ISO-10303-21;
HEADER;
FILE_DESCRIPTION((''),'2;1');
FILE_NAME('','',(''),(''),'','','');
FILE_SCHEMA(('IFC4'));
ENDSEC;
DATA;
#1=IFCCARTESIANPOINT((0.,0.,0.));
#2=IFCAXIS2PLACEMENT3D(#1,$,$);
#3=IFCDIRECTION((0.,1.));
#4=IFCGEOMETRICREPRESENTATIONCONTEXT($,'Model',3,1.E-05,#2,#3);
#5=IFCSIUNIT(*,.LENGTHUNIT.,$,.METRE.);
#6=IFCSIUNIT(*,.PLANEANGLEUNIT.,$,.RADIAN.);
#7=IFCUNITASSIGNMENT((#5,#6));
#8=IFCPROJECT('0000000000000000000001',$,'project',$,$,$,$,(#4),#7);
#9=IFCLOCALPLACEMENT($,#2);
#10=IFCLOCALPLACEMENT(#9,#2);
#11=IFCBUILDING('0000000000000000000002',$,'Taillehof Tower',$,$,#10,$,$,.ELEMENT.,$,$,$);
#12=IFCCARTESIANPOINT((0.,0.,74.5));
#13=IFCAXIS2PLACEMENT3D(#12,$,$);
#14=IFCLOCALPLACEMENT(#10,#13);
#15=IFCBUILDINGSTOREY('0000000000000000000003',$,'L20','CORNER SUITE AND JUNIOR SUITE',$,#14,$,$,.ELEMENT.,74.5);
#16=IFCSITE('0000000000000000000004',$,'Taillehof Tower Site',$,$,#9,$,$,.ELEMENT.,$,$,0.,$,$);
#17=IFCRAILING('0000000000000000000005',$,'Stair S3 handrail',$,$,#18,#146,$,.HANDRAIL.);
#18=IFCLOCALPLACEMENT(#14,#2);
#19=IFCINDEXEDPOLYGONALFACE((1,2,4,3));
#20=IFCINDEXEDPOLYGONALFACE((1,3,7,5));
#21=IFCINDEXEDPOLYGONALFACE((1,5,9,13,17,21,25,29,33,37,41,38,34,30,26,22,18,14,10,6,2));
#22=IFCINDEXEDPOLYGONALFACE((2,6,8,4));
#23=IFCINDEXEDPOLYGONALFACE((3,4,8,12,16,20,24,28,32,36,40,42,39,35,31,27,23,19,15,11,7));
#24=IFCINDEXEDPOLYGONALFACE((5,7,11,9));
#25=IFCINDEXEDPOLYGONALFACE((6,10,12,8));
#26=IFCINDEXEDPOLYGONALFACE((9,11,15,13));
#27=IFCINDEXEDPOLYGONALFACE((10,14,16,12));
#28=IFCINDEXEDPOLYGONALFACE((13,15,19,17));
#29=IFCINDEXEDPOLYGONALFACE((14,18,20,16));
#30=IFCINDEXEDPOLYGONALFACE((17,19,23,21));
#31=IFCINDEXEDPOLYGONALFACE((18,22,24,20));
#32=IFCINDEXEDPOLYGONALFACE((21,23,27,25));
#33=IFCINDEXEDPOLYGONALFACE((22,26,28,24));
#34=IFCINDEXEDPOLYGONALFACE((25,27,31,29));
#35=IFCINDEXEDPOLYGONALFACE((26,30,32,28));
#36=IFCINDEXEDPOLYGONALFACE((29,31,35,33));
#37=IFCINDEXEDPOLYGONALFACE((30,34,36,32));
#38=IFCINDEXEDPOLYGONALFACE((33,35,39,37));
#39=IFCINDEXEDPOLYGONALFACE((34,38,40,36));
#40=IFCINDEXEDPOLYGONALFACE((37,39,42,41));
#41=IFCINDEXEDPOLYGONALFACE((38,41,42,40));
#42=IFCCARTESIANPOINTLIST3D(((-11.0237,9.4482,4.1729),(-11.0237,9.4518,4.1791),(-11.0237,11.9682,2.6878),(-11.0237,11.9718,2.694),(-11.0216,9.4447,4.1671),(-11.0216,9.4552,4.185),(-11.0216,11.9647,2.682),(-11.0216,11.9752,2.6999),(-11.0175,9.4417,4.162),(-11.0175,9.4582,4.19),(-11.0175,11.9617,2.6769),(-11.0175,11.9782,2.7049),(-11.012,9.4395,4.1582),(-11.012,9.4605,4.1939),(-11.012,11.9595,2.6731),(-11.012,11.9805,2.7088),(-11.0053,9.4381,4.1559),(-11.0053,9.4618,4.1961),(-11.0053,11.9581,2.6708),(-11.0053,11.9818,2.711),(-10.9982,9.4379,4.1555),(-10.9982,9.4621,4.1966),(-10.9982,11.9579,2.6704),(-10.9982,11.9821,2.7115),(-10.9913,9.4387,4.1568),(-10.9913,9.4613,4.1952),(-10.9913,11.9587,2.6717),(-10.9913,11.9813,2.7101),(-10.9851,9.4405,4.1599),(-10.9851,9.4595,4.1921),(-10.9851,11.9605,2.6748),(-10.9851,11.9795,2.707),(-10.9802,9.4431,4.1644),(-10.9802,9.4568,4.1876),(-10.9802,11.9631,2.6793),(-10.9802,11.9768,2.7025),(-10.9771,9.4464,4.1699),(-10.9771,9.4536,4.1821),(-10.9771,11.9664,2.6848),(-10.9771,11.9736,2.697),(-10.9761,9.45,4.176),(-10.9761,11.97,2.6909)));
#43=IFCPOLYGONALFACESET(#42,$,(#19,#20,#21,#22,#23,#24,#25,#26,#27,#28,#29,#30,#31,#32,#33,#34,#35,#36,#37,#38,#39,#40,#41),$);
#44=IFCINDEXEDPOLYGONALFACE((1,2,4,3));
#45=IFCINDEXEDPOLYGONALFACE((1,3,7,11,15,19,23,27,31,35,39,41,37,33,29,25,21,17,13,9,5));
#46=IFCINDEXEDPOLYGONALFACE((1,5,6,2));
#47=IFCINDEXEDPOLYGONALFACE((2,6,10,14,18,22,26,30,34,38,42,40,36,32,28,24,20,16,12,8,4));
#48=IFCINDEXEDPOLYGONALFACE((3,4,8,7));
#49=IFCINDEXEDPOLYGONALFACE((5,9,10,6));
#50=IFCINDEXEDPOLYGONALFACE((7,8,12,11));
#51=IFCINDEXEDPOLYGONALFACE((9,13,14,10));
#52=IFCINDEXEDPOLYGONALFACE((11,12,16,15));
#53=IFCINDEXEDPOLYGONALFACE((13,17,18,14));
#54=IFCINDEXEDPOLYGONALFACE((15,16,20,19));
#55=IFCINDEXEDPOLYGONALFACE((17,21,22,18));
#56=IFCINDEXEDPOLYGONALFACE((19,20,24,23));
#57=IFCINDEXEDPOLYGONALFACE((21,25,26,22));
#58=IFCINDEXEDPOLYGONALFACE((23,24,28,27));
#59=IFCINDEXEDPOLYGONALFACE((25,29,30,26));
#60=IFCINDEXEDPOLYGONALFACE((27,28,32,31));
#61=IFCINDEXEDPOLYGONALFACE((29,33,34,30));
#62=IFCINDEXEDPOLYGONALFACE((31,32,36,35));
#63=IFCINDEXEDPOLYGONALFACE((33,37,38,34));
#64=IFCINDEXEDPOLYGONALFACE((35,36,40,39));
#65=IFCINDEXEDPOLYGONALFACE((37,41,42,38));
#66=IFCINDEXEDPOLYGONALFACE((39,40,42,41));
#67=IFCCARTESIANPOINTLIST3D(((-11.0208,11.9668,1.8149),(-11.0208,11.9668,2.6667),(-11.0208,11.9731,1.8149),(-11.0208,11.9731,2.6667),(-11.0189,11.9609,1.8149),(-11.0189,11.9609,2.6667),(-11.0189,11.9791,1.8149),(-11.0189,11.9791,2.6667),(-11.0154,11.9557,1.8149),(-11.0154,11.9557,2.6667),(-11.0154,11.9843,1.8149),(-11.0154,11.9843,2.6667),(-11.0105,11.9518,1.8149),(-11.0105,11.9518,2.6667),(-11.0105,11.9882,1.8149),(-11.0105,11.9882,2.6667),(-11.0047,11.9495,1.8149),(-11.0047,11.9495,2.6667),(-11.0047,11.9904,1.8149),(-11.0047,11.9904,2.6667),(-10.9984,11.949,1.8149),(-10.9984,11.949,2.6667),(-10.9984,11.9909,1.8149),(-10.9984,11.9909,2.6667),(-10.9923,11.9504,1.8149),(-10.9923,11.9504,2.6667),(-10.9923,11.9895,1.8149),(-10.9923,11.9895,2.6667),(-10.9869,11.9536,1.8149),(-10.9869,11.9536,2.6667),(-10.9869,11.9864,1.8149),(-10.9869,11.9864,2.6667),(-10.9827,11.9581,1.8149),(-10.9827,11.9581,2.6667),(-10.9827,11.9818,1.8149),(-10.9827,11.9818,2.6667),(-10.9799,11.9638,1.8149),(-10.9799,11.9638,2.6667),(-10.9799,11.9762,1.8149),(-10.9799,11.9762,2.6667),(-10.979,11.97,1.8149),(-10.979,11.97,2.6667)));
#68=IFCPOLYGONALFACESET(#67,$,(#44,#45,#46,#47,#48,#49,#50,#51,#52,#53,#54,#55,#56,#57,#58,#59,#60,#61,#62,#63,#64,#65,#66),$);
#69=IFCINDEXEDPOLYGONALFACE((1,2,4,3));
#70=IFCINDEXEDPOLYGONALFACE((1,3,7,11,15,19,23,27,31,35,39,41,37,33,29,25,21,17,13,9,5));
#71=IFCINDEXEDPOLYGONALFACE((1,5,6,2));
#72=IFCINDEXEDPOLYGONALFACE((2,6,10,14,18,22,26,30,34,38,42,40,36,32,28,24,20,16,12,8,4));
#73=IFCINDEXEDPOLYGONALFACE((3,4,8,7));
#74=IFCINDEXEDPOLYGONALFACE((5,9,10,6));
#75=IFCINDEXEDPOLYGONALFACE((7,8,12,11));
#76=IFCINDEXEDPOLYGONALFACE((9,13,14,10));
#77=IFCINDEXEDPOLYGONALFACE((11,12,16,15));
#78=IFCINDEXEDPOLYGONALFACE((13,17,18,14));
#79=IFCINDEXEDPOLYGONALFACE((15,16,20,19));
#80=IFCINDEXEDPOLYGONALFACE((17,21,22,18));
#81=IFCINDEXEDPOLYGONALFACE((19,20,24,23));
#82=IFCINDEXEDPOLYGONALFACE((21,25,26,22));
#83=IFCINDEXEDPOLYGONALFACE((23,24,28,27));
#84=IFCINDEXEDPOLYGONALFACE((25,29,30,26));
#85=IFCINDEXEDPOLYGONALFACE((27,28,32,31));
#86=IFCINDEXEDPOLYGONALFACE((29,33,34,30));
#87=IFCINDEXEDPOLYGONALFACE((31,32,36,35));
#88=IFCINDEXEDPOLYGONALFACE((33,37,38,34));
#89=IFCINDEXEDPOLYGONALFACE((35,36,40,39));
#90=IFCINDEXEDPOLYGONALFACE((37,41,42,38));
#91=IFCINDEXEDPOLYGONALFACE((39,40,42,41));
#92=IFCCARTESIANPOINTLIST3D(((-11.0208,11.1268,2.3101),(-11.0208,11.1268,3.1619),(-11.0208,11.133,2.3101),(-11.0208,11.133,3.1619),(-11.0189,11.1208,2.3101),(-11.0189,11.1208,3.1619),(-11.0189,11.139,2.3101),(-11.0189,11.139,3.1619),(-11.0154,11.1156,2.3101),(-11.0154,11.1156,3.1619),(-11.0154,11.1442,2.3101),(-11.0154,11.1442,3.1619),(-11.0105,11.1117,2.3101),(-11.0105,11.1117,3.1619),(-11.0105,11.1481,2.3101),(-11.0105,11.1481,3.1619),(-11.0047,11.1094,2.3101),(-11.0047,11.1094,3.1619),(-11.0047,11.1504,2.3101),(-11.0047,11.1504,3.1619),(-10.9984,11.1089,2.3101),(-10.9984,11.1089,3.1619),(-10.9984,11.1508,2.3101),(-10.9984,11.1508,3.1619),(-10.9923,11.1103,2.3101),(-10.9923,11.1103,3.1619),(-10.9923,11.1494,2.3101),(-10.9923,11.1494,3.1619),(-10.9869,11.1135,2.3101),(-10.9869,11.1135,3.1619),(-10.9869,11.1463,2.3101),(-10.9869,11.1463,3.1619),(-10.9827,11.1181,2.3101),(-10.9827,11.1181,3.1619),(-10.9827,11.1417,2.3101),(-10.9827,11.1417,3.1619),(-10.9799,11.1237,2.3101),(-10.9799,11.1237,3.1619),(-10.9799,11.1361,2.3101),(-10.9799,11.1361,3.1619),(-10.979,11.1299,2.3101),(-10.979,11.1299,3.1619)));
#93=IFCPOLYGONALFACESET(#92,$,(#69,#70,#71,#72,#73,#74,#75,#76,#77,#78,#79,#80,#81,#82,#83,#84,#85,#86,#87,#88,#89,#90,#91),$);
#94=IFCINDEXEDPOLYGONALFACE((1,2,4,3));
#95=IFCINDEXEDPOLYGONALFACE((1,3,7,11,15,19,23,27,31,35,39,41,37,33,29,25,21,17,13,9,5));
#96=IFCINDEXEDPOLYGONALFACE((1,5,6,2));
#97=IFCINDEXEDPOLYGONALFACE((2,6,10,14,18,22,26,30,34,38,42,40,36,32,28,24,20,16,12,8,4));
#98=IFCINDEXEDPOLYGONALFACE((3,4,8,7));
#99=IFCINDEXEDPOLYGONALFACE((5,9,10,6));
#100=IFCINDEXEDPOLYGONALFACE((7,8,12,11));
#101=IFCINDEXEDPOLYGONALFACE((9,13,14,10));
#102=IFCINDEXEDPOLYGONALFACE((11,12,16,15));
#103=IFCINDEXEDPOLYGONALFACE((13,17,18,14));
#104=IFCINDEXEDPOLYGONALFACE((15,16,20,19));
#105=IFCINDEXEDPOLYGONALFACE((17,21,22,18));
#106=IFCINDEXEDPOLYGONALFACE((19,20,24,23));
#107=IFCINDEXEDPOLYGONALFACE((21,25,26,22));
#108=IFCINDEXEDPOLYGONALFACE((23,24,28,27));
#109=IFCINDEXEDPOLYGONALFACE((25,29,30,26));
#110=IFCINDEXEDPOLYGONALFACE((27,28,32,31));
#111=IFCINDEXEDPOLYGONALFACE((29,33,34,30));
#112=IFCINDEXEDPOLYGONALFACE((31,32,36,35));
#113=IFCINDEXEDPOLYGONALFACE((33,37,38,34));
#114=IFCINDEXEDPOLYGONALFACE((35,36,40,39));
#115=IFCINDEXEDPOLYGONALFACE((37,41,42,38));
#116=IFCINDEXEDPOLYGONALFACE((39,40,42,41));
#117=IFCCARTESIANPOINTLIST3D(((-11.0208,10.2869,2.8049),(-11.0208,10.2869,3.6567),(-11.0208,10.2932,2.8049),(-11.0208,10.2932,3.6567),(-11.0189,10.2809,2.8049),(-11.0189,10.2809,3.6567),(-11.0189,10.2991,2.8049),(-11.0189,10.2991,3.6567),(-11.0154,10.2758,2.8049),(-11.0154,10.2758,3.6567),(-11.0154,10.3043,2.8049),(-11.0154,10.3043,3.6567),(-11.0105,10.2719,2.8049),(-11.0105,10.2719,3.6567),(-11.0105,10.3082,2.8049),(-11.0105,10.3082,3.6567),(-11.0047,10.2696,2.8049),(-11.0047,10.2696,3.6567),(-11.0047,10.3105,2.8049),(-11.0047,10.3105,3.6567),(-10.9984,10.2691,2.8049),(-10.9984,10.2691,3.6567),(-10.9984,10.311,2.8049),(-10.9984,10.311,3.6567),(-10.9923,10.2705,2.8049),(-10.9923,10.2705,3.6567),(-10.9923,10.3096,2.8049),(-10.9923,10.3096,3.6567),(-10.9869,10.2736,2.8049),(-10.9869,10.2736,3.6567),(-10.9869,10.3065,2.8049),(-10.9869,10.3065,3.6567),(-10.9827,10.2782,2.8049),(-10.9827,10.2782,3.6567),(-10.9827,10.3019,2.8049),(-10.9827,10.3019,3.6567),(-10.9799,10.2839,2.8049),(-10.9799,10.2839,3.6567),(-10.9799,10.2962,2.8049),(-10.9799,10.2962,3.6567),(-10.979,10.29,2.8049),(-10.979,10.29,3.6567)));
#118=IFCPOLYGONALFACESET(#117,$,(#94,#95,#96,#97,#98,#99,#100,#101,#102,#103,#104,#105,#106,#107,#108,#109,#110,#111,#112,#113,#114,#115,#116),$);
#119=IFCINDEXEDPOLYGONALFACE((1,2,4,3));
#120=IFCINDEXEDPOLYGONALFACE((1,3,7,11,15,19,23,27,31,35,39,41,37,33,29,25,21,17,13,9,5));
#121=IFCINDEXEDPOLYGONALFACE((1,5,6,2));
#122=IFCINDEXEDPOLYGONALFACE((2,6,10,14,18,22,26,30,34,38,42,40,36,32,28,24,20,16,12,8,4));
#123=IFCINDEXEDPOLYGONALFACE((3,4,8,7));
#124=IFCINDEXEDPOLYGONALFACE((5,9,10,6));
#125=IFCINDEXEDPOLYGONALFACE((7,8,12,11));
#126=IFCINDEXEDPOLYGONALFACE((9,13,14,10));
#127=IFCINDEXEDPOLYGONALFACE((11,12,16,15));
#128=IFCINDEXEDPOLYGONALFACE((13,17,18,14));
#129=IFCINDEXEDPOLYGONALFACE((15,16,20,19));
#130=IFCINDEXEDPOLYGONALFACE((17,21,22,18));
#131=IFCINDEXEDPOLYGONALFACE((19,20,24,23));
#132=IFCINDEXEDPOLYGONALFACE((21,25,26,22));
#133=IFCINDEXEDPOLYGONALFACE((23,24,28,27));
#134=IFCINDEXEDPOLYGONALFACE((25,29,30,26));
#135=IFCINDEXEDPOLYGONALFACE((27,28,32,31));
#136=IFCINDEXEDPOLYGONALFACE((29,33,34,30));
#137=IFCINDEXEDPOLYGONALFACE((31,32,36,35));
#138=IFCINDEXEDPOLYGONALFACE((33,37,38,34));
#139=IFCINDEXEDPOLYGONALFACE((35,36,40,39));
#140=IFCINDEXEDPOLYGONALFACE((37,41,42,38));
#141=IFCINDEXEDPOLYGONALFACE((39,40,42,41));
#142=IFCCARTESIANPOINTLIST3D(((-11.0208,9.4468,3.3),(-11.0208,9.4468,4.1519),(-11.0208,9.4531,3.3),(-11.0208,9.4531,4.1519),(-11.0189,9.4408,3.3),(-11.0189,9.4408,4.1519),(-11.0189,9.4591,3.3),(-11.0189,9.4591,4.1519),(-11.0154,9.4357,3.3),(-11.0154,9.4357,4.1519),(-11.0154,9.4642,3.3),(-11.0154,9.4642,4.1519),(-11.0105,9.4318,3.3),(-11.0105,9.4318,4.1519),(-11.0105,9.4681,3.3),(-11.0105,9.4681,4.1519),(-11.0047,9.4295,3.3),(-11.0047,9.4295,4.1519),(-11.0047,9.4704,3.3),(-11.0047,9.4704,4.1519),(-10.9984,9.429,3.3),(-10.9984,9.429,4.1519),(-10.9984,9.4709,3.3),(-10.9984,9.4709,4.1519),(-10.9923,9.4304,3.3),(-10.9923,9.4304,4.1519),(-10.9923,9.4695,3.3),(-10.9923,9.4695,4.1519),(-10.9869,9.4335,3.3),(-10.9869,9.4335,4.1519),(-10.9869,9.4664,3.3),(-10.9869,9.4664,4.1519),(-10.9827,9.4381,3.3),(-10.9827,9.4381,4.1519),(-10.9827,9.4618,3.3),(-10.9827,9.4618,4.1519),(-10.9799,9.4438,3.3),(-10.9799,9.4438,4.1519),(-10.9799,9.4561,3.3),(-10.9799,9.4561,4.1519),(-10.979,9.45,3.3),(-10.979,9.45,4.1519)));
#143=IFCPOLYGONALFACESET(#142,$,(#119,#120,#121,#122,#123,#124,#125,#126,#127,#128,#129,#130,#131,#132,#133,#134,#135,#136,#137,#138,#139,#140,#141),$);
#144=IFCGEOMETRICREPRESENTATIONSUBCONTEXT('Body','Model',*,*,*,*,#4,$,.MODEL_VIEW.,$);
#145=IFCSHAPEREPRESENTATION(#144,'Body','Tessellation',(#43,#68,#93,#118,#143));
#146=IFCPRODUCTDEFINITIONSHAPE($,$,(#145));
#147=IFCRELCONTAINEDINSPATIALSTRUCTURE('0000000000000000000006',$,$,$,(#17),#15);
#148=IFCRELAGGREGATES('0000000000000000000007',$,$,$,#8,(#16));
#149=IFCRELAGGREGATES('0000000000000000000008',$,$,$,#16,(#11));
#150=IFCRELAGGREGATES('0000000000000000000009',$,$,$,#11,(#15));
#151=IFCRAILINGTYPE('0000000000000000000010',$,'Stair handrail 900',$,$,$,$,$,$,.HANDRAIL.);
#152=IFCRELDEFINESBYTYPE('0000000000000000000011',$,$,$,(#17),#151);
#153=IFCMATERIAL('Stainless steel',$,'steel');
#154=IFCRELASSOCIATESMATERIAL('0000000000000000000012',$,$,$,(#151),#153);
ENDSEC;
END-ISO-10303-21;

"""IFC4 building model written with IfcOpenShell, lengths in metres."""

from ifc_helpers import new_model, si_unit, direction, frame, origin, origin_2d, place, context, subcontext, project, spatial, circle, extrude, material, type_object, element, save


model = new_model("IFC4")

# Units and contexts
model_context = context("Model", 3, precision=1e-05, world=origin(), true_north=direction((0.0, 1.0)))
body_context = subcontext(model_context, "Body", "Model", "MODEL_VIEW")
ifc_project = project(units=[si_unit("LENGTHUNIT", "METRE"), si_unit("PLANEANGLEUNIT", "RADIAN")], contexts=[model_context])

# Site, building, storey
site_placement = place(None, origin())
site = spatial("IfcSite", under=ifc_project, at=site_placement, Name="Taillehof Tower Site", CompositionType="ELEMENT", RefElevation=0.0)
building_placement = place(site_placement, origin())
building = spatial("IfcBuilding", under=site, at=building_placement, Name="Taillehof Tower", CompositionType="ELEMENT")
storey_placement = place(building_placement, frame((0.0, 0.0, 74.5)))
storey = spatial("IfcBuildingStorey", under=building, at=storey_placement, Name="L20", Description="CORNER SUITE AND JUNIOR SUITE", CompositionType="ELEMENT", Elevation=74.5)

# Railing
ifc_material_1 = material(Name="Stainless steel", Category="steel")
railing_type = type_object("IfcRailingType", Name="Stair handrail 900", PredefinedType="HANDRAIL", material=ifc_material_1)
railing_1_placement = place(storey_placement, frame((-11.0, 11.97, 1.8149)))
element("IfcRailing", 1, at=railing_1_placement, inside=storey, type_object=railing_type, Name="Stair S3 handrail", PredefinedType="HANDRAIL", context=body_context, shape_type="SweptSolid", body=[
    extrude(circle(Radius=0.0239, at=origin_2d()), frame((0.0, 0.0, 0.876), z_axis=(0.0, -0.861524, 0.507717), x_axis=(1.0, 0.0, 0.0)), (0.0, 0.0, 1.0), 2.925),
    extrude(circle(Radius=0.021, at=origin_2d()), origin(), (0.0, 0.0, 1.0), 0.8518),
    extrude(circle(Radius=0.021, at=origin_2d()), frame((0.0, -0.8401, 0.4951)), (0.0, 0.0, 1.0), 0.8518),
    extrude(circle(Radius=0.021, at=origin_2d()), frame((0.0, -1.6799, 0.99)), (0.0, 0.0, 1.0), 0.8518),
    extrude(circle(Radius=0.021, at=origin_2d()), frame((0.0, -2.52, 1.4851)), (0.0, 0.0, 1.0), 0.8518),
])

save(model, "model.ifc")
